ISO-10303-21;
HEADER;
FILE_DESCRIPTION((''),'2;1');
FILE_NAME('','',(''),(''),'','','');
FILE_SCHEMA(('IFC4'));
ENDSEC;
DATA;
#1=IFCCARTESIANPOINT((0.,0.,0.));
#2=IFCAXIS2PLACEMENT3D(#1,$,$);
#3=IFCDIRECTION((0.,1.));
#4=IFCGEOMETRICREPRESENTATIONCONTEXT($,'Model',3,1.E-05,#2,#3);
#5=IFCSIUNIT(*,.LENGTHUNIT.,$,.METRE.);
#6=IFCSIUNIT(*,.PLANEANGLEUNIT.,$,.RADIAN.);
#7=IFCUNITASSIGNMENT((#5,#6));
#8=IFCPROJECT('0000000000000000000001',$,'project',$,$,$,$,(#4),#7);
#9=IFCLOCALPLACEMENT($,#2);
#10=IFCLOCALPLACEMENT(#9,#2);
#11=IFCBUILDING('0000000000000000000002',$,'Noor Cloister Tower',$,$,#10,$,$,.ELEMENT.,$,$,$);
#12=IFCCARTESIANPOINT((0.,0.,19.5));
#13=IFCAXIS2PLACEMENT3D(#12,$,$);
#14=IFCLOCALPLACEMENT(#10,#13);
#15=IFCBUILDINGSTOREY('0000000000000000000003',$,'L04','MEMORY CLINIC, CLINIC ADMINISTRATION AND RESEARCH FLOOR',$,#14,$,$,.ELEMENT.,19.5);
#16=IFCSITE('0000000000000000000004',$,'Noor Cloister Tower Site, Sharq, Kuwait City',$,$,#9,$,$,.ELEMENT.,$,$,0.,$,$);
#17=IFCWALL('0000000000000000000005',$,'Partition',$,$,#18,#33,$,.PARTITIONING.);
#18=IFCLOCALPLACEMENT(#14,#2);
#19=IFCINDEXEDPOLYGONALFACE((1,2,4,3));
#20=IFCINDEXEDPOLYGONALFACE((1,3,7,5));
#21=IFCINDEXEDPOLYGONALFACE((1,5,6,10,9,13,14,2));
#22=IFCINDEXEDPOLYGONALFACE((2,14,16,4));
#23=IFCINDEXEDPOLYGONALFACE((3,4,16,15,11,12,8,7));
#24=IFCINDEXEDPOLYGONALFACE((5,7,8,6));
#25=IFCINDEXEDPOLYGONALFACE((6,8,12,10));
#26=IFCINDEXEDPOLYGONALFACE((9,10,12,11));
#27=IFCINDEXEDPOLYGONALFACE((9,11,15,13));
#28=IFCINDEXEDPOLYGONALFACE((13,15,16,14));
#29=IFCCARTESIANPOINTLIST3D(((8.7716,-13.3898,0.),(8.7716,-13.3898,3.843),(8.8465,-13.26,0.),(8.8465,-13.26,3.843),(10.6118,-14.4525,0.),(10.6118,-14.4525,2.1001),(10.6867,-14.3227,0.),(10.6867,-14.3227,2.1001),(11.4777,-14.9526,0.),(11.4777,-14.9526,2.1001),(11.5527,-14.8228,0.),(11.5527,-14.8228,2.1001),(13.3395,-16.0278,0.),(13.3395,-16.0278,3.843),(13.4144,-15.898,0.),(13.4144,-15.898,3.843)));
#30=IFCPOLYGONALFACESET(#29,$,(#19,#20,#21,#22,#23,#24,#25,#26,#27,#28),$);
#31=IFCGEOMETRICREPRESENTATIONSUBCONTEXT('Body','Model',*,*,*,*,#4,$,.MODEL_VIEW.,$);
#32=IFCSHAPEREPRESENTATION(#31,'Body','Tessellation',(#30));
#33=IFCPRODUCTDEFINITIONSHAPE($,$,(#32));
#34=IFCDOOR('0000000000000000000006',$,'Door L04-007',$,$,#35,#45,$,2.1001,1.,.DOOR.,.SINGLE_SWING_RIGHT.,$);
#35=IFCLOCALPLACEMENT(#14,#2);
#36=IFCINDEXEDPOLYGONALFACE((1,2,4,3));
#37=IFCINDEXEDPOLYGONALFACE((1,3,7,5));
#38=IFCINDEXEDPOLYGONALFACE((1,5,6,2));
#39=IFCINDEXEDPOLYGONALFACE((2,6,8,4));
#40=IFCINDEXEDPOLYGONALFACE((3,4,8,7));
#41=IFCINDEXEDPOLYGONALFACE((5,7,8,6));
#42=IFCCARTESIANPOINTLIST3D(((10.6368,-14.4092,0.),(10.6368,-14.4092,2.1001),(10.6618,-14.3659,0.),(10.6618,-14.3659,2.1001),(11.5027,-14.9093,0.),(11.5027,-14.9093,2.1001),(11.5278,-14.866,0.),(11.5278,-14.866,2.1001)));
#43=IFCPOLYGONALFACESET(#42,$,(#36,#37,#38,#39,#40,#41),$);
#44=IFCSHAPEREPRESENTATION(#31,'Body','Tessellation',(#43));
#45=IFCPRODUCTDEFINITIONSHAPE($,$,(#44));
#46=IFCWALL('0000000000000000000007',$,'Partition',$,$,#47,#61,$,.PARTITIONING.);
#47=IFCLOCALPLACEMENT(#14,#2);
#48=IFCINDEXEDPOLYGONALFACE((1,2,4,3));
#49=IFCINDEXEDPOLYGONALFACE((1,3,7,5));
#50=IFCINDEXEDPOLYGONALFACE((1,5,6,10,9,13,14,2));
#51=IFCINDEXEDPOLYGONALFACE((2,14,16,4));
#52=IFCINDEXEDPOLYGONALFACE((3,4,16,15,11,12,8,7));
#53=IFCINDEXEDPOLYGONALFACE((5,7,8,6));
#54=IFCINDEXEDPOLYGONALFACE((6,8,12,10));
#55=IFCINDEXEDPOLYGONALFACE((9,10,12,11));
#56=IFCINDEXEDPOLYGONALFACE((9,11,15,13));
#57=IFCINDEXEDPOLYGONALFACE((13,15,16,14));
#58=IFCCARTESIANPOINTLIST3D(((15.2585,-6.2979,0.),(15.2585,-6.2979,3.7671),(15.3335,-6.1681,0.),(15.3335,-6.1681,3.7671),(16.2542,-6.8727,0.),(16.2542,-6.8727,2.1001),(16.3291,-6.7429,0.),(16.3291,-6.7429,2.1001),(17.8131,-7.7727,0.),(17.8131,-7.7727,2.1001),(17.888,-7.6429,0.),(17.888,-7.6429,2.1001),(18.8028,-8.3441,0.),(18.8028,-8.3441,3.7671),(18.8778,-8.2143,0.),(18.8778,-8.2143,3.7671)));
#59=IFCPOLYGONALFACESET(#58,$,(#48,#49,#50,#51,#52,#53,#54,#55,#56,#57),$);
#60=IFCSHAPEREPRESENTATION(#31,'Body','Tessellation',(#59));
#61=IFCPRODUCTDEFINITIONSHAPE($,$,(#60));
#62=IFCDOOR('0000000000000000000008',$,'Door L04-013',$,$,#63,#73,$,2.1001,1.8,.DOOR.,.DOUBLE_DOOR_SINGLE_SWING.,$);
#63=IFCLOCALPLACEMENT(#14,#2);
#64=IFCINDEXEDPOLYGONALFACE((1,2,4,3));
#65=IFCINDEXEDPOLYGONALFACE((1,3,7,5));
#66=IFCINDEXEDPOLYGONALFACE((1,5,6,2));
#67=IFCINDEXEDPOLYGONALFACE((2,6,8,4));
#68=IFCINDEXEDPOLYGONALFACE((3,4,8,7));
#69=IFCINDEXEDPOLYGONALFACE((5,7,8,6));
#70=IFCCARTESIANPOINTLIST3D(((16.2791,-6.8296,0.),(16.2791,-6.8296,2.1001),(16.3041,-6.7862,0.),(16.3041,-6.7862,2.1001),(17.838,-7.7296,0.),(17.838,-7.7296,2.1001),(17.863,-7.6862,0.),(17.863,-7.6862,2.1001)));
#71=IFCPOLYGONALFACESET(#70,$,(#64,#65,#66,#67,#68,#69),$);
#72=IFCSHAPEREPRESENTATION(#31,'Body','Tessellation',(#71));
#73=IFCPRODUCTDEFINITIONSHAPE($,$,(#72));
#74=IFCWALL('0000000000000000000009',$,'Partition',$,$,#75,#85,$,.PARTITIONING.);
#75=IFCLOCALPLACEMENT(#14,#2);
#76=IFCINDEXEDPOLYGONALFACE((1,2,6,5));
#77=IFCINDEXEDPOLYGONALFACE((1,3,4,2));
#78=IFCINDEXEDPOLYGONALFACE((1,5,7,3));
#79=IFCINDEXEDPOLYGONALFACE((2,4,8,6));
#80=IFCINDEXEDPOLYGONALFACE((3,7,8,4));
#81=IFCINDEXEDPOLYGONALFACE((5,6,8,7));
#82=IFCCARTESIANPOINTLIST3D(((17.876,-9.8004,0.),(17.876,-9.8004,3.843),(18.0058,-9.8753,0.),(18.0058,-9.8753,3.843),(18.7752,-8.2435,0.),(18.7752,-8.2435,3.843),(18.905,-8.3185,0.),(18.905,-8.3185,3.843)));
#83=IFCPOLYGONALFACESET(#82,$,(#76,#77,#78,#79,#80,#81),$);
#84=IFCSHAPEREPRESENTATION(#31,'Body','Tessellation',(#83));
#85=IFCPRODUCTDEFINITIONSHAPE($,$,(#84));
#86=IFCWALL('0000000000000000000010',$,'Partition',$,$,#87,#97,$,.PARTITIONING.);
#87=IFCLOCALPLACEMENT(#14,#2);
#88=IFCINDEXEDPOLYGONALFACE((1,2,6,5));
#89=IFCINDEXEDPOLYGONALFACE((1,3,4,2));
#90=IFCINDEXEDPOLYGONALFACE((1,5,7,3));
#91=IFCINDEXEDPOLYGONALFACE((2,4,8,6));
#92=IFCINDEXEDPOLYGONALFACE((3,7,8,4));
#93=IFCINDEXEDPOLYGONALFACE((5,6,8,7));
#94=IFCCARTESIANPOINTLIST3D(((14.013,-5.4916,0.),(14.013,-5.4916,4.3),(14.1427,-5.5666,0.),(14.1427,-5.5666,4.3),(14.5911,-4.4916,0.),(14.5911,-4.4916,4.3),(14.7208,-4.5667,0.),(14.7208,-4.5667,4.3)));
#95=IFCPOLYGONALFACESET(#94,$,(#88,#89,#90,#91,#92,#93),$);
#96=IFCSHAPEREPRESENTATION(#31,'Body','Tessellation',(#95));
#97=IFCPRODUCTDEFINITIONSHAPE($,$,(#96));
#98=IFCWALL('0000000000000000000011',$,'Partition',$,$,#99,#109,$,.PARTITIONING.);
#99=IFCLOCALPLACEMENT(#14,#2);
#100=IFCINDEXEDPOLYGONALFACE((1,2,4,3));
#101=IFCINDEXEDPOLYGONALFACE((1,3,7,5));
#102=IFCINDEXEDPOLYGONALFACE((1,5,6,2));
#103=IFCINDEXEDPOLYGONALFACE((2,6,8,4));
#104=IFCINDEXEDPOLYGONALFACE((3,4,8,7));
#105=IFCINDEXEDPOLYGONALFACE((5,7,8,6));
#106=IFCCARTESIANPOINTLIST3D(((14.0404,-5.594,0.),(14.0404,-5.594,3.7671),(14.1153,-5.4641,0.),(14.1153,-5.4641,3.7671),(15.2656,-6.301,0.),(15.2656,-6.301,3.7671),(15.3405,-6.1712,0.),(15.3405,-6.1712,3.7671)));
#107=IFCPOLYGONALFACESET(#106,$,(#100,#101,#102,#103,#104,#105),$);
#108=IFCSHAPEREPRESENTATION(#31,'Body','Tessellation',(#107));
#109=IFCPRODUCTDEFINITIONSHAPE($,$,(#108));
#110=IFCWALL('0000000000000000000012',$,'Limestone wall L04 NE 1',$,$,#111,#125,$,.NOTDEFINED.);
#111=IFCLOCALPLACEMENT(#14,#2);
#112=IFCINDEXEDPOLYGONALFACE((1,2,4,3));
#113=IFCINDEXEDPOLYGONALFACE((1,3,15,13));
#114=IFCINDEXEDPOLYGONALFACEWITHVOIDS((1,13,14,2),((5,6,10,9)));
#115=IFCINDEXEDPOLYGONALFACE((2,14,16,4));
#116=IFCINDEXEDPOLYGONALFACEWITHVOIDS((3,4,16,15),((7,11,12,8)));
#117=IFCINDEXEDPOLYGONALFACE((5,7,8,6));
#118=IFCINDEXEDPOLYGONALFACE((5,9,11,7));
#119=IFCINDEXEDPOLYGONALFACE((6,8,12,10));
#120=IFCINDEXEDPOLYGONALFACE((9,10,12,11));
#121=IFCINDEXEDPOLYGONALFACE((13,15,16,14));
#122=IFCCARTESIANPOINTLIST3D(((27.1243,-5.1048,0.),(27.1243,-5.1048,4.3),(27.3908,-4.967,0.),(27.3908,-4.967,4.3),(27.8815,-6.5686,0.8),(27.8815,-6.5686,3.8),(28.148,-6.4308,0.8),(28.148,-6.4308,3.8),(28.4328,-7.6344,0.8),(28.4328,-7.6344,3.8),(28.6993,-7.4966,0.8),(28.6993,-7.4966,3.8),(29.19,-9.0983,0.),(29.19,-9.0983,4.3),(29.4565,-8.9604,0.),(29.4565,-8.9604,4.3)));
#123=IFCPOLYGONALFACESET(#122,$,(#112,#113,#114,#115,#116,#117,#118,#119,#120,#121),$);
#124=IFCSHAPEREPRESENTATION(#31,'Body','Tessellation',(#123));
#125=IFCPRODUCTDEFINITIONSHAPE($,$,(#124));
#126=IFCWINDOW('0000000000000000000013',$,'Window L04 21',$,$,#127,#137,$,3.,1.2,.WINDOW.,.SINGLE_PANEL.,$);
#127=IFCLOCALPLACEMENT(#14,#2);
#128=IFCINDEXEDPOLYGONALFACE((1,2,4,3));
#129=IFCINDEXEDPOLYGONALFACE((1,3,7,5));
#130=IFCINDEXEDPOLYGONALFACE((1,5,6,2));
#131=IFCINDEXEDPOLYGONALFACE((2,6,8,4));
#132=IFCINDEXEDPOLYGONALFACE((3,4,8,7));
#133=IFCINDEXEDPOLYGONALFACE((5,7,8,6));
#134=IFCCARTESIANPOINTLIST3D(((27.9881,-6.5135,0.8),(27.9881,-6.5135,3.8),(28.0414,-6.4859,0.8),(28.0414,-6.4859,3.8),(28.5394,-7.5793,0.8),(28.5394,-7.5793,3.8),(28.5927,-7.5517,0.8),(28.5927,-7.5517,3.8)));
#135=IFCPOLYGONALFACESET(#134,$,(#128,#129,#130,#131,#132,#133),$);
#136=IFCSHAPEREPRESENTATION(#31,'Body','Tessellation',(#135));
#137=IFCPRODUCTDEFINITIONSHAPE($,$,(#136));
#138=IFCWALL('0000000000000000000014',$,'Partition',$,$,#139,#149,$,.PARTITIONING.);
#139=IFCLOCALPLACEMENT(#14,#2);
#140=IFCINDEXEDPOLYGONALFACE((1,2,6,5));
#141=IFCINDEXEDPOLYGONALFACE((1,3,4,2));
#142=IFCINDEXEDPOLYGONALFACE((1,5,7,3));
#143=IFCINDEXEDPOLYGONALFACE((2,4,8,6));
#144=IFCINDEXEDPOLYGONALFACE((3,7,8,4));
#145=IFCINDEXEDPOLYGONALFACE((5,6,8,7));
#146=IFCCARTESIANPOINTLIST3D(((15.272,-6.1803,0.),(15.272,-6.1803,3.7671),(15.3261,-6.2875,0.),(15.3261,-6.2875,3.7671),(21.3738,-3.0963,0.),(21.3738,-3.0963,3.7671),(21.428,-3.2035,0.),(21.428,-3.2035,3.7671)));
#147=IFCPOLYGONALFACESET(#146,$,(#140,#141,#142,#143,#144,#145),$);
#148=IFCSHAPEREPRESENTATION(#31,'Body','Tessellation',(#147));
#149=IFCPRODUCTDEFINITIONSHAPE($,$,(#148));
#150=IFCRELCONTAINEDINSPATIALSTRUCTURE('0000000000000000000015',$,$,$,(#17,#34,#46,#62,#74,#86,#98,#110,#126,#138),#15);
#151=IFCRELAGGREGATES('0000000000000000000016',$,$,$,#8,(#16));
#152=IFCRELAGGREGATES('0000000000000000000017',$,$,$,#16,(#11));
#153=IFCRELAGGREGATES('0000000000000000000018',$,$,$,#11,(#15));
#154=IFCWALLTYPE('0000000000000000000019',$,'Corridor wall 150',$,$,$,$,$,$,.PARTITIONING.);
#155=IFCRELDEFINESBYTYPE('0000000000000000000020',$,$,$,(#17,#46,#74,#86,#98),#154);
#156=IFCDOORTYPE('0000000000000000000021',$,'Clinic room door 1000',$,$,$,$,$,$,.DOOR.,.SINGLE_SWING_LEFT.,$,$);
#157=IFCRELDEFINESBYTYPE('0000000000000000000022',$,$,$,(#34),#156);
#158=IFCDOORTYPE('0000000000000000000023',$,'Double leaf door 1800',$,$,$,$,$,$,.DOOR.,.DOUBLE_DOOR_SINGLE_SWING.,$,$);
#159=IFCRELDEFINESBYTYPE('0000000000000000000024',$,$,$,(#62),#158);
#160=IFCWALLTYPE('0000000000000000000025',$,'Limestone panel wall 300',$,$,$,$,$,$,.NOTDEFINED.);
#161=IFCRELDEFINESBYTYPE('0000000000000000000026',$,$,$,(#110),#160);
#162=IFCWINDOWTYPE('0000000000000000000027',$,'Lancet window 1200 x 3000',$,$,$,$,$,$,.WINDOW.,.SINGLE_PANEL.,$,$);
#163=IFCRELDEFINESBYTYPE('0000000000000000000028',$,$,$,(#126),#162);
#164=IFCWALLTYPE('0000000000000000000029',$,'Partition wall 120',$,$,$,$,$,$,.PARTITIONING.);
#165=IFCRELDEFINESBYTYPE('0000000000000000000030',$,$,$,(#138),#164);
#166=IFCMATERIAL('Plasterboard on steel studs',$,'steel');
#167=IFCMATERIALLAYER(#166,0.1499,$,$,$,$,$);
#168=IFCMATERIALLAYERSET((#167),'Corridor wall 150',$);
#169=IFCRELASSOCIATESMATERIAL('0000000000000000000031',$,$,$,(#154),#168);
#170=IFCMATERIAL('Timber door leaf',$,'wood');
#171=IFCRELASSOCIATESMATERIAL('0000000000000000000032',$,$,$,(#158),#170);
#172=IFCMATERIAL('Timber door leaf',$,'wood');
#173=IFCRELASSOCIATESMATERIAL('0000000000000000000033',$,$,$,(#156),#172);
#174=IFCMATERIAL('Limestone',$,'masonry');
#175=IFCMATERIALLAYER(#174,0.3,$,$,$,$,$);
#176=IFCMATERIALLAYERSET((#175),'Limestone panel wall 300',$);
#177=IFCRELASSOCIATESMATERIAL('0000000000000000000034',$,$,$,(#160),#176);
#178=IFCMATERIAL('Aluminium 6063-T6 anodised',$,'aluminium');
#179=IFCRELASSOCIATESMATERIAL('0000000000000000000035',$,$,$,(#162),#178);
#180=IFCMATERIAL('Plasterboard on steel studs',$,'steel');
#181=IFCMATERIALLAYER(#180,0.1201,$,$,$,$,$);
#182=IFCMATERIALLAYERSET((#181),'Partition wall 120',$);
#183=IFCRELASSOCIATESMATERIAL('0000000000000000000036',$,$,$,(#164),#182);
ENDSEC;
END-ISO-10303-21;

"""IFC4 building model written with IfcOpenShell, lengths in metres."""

from ifc_helpers import new_model, si_unit, direction, frame, frame_2d, origin, place, context, subcontext, project, spatial, rectangle, extrude, material, layer, layer_set, type_object, element, fill, save


model = new_model("IFC4")

# Units and contexts
model_context = context("Model", 3, precision=1e-05, world=origin(), true_north=direction((0.0, 1.0)))
body_context = subcontext(model_context, "Body", "Model", "MODEL_VIEW")
ifc_project = project(units=[si_unit("LENGTHUNIT", "METRE"), si_unit("PLANEANGLEUNIT", "RADIAN")], contexts=[model_context])

# Site, building, storey
site_placement = place(None, origin())
site = spatial("IfcSite", under=ifc_project, at=site_placement, Name="Noor Cloister Tower Site, Sharq, Kuwait City", CompositionType="ELEMENT", RefElevation=0.0)
building_placement = place(site_placement, origin())
building = spatial("IfcBuilding", under=site, at=building_placement, Name="Noor Cloister Tower", CompositionType="ELEMENT")
storey_placement = place(building_placement, frame((0.0, 0.0, 19.5)))
storey = spatial("IfcBuildingStorey", under=building, at=storey_placement, Name="L04", Description="MEMORY CLINIC, CLINIC ADMINISTRATION AND RESEARCH FLOOR", CompositionType="ELEMENT", Elevation=19.5)

# Walls, openings, doors
ifc_material_1 = material(Name="Plasterboard on steel studs", Category="steel")
ifc_layer_1 = layer(ifc_material_1, 0.1499)
ifc_layer_set_1 = layer_set([ifc_layer_1], Name="Corridor wall 150")
wall_type_1 = type_object("IfcWallType", Name="Corridor wall 150", PredefinedType="PARTITIONING", material=ifc_layer_set_1)
ifc_material_2 = material(Name="Timber door leaf", Category="wood")
door_type_1 = type_object("IfcDoorType", Name="Double leaf door 1800", OperationType="DOUBLE_DOOR_SINGLE_SWING", PredefinedType="DOOR", material=ifc_material_2)
wall_1_placement = place(storey_placement, frame((13.377, -15.9629, 0.0), z_axis=(0.0, 0.0, 1.0), x_axis=(-0.86597, 0.500096, 0.0)))
wall_1 = element("IfcWall", 1, at=wall_1_placement, inside=storey, type_object=wall_type_1, Name="Partition", PredefinedType="PARTITIONING", context=body_context, shape_type="SweptSolid", body=[
    extrude(rectangle(XDim=5.2749, YDim=0.1499, at=frame_2d((2.6375, 0.0))), origin(), (0.0, 0.0, 1.0), 3.843),
])
opening_1_placement = place(wall_1_placement, frame((2.1499, 0.0, 0.0)))
opening_1 = element("IfcOpeningElement", 2, at=opening_1_placement, cuts=wall_1, PredefinedType="OPENING", context=body_context, shape_type="SweptSolid", body=[
    extrude(rectangle(XDim=1.0, YDim=2.1001, at=frame_2d((0.5, 1.05))), frame((0.0, 0.085, 0.0), z_axis=(0.0, -1.0, 0.0), x_axis=(1.0, 0.0, 0.0)), (0.0, 0.0, 1.0), 0.1699),
])
ifc_material_3 = material(Name="Timber door leaf", Category="wood")
door_type_2 = type_object("IfcDoorType", Name="Clinic room door 1000", OperationType="SINGLE_SWING_LEFT", PredefinedType="DOOR", material=ifc_material_3)
door_1_placement = place(opening_1_placement, origin())
door_1 = element("IfcDoor", 3, at=door_1_placement, inside=storey, type_object=door_type_2, Name="Door L04-007", OperationType="SINGLE_SWING_RIGHT", OverallHeight=2.1001, OverallWidth=1.0, PredefinedType="DOOR", context=body_context, shape_type="SweptSolid", body=[
    extrude(rectangle(XDim=1.0, YDim=2.1001, at=frame_2d((0.5, 1.05))), frame((0.0, 0.0249, 0.0), z_axis=(0.0, -1.0, 0.0), x_axis=(1.0, 0.0, 0.0)), (0.0, 0.0, 1.0), 0.05),
])
fill(opening_1, door_1)
wall_2_placement = place(storey_placement, frame((15.2959, -6.2329, 0.0), z_axis=(0.0, 0.0, 1.0), x_axis=(0.866036, -0.499982, 0.0)))
wall_2 = element("IfcWall", 4, at=wall_2_placement, inside=storey, type_object=wall_type_1, Name="Partition", PredefinedType="PARTITIONING", context=body_context, shape_type="SweptSolid", body=[
    extrude(rectangle(XDim=4.0925, YDim=0.1499, at=frame_2d((2.0464, 0.0))), origin(), (0.0, 0.0, 1.0), 3.7671),
])
opening_2_placement = place(wall_2_placement, frame((1.1499, 0.0, 0.0)))
opening_2 = element("IfcOpeningElement", 5, at=opening_2_placement, cuts=wall_2, PredefinedType="OPENING", context=body_context, shape_type="SweptSolid", body=[
    extrude(rectangle(XDim=1.8, YDim=2.1001, at=frame_2d((0.8999, 1.05))), frame((0.0, 0.085, 0.0), z_axis=(0.0, -1.0, 0.0), x_axis=(1.0, 0.0, 0.0)), (0.0, 0.0, 1.0), 0.1699),
])
door_2_placement = place(opening_2_placement, origin())
door_2 = element("IfcDoor", 6, at=door_2_placement, inside=storey, type_object=door_type_1, Name="Door L04-013", OperationType="DOUBLE_DOOR_SINGLE_SWING", OverallHeight=2.1001, OverallWidth=1.8, PredefinedType="DOOR", context=body_context, shape_type="SweptSolid", body=[
    extrude(rectangle(XDim=1.8, YDim=2.1001, at=frame_2d((0.8999, 1.05))), frame((0.0, 0.0249, 0.0), z_axis=(0.0, -1.0, 0.0), x_axis=(1.0, 0.0, 0.0)), (0.0, 0.0, 1.0), 0.05),
])
fill(opening_2, door_2)

# Walls
wall_3_placement = place(storey_placement, frame((18.8401, -8.281, 0.0), z_axis=(0.0, 0.0, 1.0), x_axis=(-0.500126, -0.865953, 0.0)))
element("IfcWall", 7, at=wall_3_placement, inside=storey, type_object=wall_type_1, Name="Partition", PredefinedType="PARTITIONING", context=body_context, shape_type="SweptSolid", body=[
    extrude(rectangle(XDim=1.7979, YDim=0.1499, at=frame_2d((0.8989, 0.0))), origin(), (0.0, 0.0, 1.0), 3.843),
])
wall_4_placement = place(storey_placement, frame((14.656, -4.5291, 0.0), z_axis=(0.0, 0.0, 1.0), x_axis=(-0.500503, -0.865735, 0.0)))
element("IfcWall", 8, at=wall_4_placement, inside=storey, type_object=wall_type_1, Name="Partition", PredefinedType="PARTITIONING", context=body_context, shape_type="SweptSolid", body=[
    extrude(rectangle(XDim=1.155, YDim=0.1499, at=frame_2d((0.5776, 0.0))), origin(), (0.0, 0.0, 1.0), 4.3),
])
wall_5_placement = place(storey_placement, frame((14.0779, -5.5291, 0.0), z_axis=(0.0, 0.0, 1.0), x_axis=(0.866111, -0.499852, 0.0)))
element("IfcWall", 9, at=wall_5_placement, inside=storey, type_object=wall_type_1, Name="Partition", PredefinedType="PARTITIONING", context=body_context, shape_type="SweptSolid", body=[
    extrude(rectangle(XDim=1.4146, YDim=0.1499, at=frame_2d((0.7073, 0.0))), origin(), (0.0, 0.0, 1.0), 3.7671),
])

# Wall, opening, window
ifc_material_4 = material(Name="Limestone", Category="masonry")
ifc_layer_2 = layer(ifc_material_4, 0.3)
ifc_layer_set_2 = layer_set([ifc_layer_2], Name="Limestone panel wall 300")
wall_type_2 = type_object("IfcWallType", Name="Limestone panel wall 300", PredefinedType="NOTDEFINED", material=ifc_layer_set_2)
wall_6_placement = place(storey_placement, frame((27.2576, -5.0359, 0.0), z_axis=(0.0, 0.0, 1.0), x_axis=(0.459444, -0.888207, 0.0)))
wall_6 = element("IfcWall", 10, at=wall_6_placement, inside=storey, type_object=wall_type_2, Name="Limestone wall L04 NE 1", PredefinedType="NOTDEFINED", context=body_context, shape_type="SweptSolid", body=[
    extrude(rectangle(XDim=4.4961, YDim=0.3, at=frame_2d((2.248, 0.0))), origin(), (0.0, 0.0, 1.0), 4.3),
])
opening_3_placement = place(wall_6_placement, frame((1.6479, 0.0, 0.8)))
opening_3 = element("IfcOpeningElement", 11, at=opening_3_placement, cuts=wall_6, PredefinedType="OPENING", context=body_context, shape_type="SweptSolid", body=[
    extrude(rectangle(XDim=1.2, YDim=3.0, at=frame_2d((0.6001, 1.5))), frame((0.0, 0.1602, 0.0), z_axis=(0.0, -1.0, 0.0), x_axis=(1.0, 0.0, 0.0)), (0.0, 0.0, 1.0), 0.3201),
])
ifc_material_5 = material(Name="Aluminium 6063-T6 anodised", Category="aluminium")
window_type = type_object("IfcWindowType", Name="Lancet window 1200 x 3000", PartitioningType="SINGLE_PANEL", PredefinedType="WINDOW", material=ifc_material_5)
window_placement = place(opening_3_placement, origin())
window = element("IfcWindow", 12, at=window_placement, inside=storey, type_object=window_type, Name="Window L04 21", OverallHeight=3.0, OverallWidth=1.2, PartitioningType="SINGLE_PANEL", PredefinedType="WINDOW", context=body_context, shape_type="SweptSolid", body=[
    extrude(rectangle(XDim=1.2, YDim=3.0, at=frame_2d((0.6001, 1.5))), frame((0.0, 0.03, 0.0), z_axis=(0.0, -1.0, 0.0), x_axis=(1.0, 0.0, 0.0)), (0.0, 0.0, 1.0), 0.0601),
])
fill(opening_3, window)

# Wall
ifc_material_6 = material(Name="Plasterboard on steel studs", Category="steel")
ifc_layer_3 = layer(ifc_material_6, 0.1201)
ifc_layer_set_3 = layer_set([ifc_layer_3], Name="Partition wall 120")
wall_type_3 = type_object("IfcWallType", Name="Partition wall 120", PredefinedType="PARTITIONING", material=ifc_layer_set_3)
wall_7_placement = place(storey_placement, frame((21.4009, -3.1499, 0.0), z_axis=(0.0, 0.0, 1.0), x_axis=(-0.892483, -0.45108, 0.0)))
element("IfcWall", 13, at=wall_7_placement, inside=storey, type_object=wall_type_3, Name="Partition", PredefinedType="PARTITIONING", context=body_context, shape_type="SweptSolid", body=[
    extrude(rectangle(XDim=6.8369, YDim=0.1201, at=frame_2d((3.4185, 0.0))), origin(), (0.0, 0.0, 1.0), 3.7671),
])

save(model, "model.ifc")
